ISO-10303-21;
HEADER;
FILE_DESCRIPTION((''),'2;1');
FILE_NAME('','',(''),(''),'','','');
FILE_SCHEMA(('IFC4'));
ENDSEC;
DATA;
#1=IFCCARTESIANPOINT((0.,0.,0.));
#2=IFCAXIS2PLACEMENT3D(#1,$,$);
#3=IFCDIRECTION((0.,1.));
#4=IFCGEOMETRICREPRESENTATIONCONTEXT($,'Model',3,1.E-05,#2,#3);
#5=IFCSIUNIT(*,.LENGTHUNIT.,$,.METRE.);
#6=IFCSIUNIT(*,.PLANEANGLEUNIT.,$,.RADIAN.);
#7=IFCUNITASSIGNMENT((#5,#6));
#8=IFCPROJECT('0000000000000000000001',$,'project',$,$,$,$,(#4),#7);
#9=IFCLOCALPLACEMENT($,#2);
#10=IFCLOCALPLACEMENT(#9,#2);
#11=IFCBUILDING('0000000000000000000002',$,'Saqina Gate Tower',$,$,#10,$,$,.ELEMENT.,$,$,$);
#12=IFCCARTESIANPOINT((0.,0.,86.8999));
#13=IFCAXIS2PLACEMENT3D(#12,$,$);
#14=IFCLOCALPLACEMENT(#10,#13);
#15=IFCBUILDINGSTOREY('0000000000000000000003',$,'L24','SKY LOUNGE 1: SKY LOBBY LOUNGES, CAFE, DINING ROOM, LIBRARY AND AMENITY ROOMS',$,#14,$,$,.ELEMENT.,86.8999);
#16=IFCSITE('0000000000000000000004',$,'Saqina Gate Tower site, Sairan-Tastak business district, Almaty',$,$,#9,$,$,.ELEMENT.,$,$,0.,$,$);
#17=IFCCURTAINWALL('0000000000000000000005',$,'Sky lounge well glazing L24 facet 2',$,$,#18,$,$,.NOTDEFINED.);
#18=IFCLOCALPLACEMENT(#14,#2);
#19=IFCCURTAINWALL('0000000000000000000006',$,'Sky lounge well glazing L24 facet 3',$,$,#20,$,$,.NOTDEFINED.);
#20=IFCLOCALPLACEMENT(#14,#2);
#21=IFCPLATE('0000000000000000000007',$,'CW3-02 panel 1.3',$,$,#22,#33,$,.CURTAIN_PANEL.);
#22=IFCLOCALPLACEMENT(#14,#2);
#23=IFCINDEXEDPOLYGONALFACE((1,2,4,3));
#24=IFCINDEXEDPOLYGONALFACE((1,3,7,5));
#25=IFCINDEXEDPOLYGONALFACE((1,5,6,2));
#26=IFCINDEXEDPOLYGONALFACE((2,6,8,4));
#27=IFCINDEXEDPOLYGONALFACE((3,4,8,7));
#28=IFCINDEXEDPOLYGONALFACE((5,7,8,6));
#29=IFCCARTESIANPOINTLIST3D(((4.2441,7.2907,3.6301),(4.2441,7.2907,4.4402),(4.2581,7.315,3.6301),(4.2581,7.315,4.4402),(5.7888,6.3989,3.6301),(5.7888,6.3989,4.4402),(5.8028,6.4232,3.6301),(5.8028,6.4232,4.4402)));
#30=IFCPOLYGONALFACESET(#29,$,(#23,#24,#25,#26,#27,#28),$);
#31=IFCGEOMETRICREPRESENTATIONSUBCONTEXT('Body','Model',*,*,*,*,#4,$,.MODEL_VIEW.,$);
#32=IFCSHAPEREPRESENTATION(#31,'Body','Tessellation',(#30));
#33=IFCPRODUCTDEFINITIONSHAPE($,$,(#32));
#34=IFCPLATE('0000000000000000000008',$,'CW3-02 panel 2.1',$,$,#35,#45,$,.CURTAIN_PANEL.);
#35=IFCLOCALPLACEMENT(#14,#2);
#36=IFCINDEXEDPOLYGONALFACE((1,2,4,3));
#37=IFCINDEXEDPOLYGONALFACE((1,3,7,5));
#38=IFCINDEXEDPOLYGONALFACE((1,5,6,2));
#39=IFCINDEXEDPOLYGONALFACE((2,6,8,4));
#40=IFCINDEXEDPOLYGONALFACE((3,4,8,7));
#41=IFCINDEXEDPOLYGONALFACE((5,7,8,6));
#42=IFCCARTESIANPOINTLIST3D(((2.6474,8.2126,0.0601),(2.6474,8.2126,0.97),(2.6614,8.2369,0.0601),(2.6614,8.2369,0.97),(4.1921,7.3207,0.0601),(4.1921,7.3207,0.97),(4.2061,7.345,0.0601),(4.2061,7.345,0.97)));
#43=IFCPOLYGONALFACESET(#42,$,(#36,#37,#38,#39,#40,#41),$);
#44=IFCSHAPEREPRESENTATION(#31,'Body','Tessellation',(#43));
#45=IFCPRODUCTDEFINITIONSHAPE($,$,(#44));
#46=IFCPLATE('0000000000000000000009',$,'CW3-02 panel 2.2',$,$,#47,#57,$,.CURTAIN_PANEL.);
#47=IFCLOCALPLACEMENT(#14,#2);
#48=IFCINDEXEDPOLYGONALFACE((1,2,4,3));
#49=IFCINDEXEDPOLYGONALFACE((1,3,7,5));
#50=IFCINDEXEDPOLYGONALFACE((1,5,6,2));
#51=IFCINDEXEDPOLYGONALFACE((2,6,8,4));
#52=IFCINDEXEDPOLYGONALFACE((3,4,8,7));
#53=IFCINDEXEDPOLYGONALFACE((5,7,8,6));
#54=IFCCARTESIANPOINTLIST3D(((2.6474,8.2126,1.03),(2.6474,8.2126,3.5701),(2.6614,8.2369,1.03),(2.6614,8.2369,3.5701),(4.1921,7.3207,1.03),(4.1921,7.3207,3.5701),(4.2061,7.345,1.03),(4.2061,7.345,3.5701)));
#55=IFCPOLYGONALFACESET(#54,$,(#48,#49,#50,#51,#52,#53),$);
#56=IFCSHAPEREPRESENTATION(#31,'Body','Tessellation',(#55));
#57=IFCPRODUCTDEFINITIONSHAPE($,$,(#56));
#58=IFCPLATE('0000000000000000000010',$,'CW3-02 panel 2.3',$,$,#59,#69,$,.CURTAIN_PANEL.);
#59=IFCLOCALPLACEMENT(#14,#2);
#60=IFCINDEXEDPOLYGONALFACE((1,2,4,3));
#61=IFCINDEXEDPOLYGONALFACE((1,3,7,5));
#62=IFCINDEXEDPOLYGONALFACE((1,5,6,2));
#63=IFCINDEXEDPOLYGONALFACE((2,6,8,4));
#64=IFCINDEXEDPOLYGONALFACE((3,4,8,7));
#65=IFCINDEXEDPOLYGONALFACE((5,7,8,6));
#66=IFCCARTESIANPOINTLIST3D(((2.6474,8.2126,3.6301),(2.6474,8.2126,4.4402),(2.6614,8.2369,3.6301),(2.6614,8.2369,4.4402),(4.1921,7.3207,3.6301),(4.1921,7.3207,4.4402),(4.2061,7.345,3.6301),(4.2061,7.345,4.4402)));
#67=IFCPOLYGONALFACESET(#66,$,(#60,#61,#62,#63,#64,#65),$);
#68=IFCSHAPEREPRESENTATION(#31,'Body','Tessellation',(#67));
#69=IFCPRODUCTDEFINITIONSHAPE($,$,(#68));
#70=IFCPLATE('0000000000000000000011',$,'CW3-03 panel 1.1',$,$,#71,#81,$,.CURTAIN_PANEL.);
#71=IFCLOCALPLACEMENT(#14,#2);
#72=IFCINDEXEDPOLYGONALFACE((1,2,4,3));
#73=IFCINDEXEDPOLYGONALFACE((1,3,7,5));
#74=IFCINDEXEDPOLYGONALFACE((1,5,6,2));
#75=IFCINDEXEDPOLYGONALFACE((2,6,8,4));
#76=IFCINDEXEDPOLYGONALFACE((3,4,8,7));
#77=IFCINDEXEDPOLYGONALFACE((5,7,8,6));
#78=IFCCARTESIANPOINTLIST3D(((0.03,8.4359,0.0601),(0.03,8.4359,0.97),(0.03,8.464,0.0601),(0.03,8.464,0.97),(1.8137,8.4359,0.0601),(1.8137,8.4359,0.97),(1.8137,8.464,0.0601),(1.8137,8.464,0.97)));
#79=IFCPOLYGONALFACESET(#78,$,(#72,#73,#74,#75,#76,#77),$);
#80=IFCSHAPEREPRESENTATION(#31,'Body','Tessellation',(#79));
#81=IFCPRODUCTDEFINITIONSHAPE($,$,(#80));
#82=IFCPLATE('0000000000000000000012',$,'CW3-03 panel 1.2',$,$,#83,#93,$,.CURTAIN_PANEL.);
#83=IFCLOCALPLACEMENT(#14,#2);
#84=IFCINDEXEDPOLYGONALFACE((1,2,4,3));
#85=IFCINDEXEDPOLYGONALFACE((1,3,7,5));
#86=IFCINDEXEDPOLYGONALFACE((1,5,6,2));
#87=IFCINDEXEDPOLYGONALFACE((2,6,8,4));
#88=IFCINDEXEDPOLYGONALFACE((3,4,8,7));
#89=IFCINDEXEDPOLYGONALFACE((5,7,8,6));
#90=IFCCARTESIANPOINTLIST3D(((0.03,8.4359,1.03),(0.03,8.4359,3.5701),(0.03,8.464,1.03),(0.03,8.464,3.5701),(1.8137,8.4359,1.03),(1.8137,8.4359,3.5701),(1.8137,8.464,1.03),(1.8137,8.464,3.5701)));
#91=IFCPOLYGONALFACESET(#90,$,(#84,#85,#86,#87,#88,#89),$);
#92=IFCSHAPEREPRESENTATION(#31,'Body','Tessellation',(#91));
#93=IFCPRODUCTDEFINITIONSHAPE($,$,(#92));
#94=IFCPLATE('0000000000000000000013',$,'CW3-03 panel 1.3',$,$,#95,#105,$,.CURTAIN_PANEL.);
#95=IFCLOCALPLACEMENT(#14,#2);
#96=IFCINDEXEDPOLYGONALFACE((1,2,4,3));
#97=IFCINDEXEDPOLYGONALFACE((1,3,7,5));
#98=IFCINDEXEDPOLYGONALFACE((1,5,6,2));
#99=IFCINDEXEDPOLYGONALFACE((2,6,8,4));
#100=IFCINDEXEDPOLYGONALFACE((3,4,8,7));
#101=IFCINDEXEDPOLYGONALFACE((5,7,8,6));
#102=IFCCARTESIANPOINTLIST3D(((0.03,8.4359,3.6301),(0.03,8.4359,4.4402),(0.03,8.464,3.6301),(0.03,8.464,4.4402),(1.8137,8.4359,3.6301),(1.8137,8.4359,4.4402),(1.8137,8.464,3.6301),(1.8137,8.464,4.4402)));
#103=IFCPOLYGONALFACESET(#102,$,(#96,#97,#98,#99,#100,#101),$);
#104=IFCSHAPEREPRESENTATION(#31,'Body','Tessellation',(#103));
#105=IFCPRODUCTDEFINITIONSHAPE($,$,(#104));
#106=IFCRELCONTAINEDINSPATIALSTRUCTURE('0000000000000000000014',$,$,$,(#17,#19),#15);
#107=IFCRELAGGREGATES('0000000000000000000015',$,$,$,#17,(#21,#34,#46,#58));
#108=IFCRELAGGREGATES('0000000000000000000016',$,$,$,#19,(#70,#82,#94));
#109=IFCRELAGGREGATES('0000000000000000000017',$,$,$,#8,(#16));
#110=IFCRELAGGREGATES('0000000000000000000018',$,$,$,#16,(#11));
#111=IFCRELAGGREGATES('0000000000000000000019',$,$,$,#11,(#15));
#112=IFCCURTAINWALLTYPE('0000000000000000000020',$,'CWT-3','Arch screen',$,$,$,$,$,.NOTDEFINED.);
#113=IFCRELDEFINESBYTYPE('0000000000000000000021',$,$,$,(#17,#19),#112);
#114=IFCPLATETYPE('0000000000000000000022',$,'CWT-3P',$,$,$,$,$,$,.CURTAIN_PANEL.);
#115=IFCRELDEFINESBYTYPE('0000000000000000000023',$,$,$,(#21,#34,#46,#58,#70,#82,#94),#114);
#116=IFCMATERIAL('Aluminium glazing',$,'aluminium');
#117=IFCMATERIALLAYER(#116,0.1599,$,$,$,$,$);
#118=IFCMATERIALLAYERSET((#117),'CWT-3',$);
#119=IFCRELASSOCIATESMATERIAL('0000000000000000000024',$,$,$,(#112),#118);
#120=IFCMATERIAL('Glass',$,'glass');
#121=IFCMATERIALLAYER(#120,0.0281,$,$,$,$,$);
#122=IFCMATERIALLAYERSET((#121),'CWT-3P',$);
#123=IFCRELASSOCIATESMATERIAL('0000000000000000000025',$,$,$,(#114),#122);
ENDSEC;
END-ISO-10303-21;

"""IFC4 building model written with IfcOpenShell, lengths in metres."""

from ifc_helpers import new_model, si_unit, direction, frame, origin, origin_2d, place, context, subcontext, project, spatial, rectangle, extrude, material, layer, layer_set, type_object, element, aggregate, save


model = new_model("IFC4")

# Units and contexts
model_context = context("Model", 3, precision=1e-05, world=origin(), true_north=direction((0.0, 1.0)))
body_context = subcontext(model_context, "Body", "Model", "MODEL_VIEW")
ifc_project = project(units=[si_unit("LENGTHUNIT", "METRE"), si_unit("PLANEANGLEUNIT", "RADIAN")], contexts=[model_context])

# Site, building, storey
site_placement = place(None, origin())
site = spatial("IfcSite", under=ifc_project, at=site_placement, Name="Saqina Gate Tower site, Sairan-Tastak business district, Almaty", CompositionType="ELEMENT", RefElevation=0.0)
building_placement = place(site_placement, origin())
building = spatial("IfcBuilding", under=site, at=building_placement, Name="Saqina Gate Tower", CompositionType="ELEMENT")
storey_placement = place(building_placement, frame((0.0, 0.0, 86.8999)))
storey = spatial("IfcBuildingStorey", under=building, at=storey_placement, Name="L24", Description="SKY LOUNGE 1: SKY LOBBY LOUNGES, CAFE, DINING ROOM, LIBRARY AND AMENITY ROOMS", CompositionType="ELEMENT", Elevation=86.8999)

# Curtain walls
ifc_material_1 = material(Name="Aluminium glazing", Category="aluminium")
ifc_layer_1 = layer(ifc_material_1, 0.1599)
ifc_layer_set_1 = layer_set([ifc_layer_1], Name="CWT-3")
curtain_wall_type = type_object("IfcCurtainWallType", Name="CWT-3", Description="Arch screen", PredefinedType="NOTDEFINED", material=ifc_layer_set_1)
curtain_wall_1_placement = place(storey_placement, origin())
curtain_wall_1 = element("IfcCurtainWall", 1, at=curtain_wall_1_placement, inside=storey, type_object=curtain_wall_type, Name="Sky lounge well glazing L24 facet 2", PredefinedType="NOTDEFINED")
curtain_wall_2_placement = place(storey_placement, origin())
curtain_wall_2 = element("IfcCurtainWall", 2, at=curtain_wall_2_placement, inside=storey, type_object=curtain_wall_type, Name="Sky lounge well glazing L24 facet 3", PredefinedType="NOTDEFINED")

# Plates
ifc_material_2 = material(Name="Glass", Category="glass")
ifc_layer_2 = layer(ifc_material_2, 0.0281)
ifc_layer_set_2 = layer_set([ifc_layer_2], Name="CWT-3P")
plate_type = type_object("IfcPlateType", Name="CWT-3P", PredefinedType="CURTAIN_PANEL", material=ifc_layer_set_2)
plate_1_placement = place(storey_placement, frame((5.0234, 6.8569, 3.6301), z_axis=(0.0, 0.0, 1.0), x_axis=(-0.866029, 0.499993, 0.0)))
plate_1 = element("IfcPlate", 3, at=plate_1_placement, type_object=plate_type, Name="CW3-02 panel 1.3", PredefinedType="CURTAIN_PANEL", context=body_context, shape_type="SweptSolid", body=[
    extrude(rectangle(XDim=1.7837, YDim=0.0281, at=origin_2d()), origin(), (0.0, 0.0, 1.0), 0.8101),
])
plate_2_placement = place(storey_placement, frame((3.4268, 7.7788, 0.0601), z_axis=(0.0, 0.0, 1.0), x_axis=(-0.866029, 0.499993, 0.0)))
plate_2 = element("IfcPlate", 4, at=plate_2_placement, type_object=plate_type, Name="CW3-02 panel 2.1", PredefinedType="CURTAIN_PANEL", context=body_context, shape_type="SweptSolid", body=[
    extrude(rectangle(XDim=1.7837, YDim=0.0281, at=origin_2d()), origin(), (0.0, 0.0, 1.0), 0.9099),
])
plate_3_placement = place(storey_placement, frame((3.4268, 7.7788, 1.03), z_axis=(0.0, 0.0, 1.0), x_axis=(-0.866029, 0.499993, 0.0)))
plate_3 = element("IfcPlate", 5, at=plate_3_placement, type_object=plate_type, Name="CW3-02 panel 2.2", PredefinedType="CURTAIN_PANEL", context=body_context, shape_type="SweptSolid", body=[
    extrude(rectangle(XDim=1.7837, YDim=0.0281, at=origin_2d()), origin(), (0.0, 0.0, 1.0), 2.54),
])
plate_4_placement = place(storey_placement, frame((3.4268, 7.7788, 3.6301), z_axis=(0.0, 0.0, 1.0), x_axis=(-0.866029, 0.499993, 0.0)))
plate_4 = element("IfcPlate", 6, at=plate_4_placement, type_object=plate_type, Name="CW3-02 panel 2.3", PredefinedType="CURTAIN_PANEL", context=body_context, shape_type="SweptSolid", body=[
    extrude(rectangle(XDim=1.7837, YDim=0.0281, at=origin_2d()), origin(), (0.0, 0.0, 1.0), 0.8101),
])
aggregate(curtain_wall_1, [plate_1, plate_2, plate_3, plate_4])
plate_5_placement = place(storey_placement, frame((0.9219, 8.45, 0.0601), z_axis=(0.0, 0.0, 1.0), x_axis=(-1.0, 0.0, 0.0)))
plate_5 = element("IfcPlate", 7, at=plate_5_placement, type_object=plate_type, Name="CW3-03 panel 1.1", PredefinedType="CURTAIN_PANEL", context=body_context, shape_type="SweptSolid", body=[
    extrude(rectangle(XDim=1.7837, YDim=0.0281, at=origin_2d()), origin(), (0.0, 0.0, 1.0), 0.9099),
])
plate_6_placement = place(storey_placement, frame((0.9219, 8.45, 1.03), z_axis=(0.0, 0.0, 1.0), x_axis=(-1.0, 0.0, 0.0)))
plate_6 = element("IfcPlate", 8, at=plate_6_placement, type_object=plate_type, Name="CW3-03 panel 1.2", PredefinedType="CURTAIN_PANEL", context=body_context, shape_type="SweptSolid", body=[
    extrude(rectangle(XDim=1.7837, YDim=0.0281, at=origin_2d()), origin(), (0.0, 0.0, 1.0), 2.54),
])
plate_7_placement = place(storey_placement, frame((0.9219, 8.45, 3.6301), z_axis=(0.0, 0.0, 1.0), x_axis=(-1.0, 0.0, 0.0)))
plate_7 = element("IfcPlate", 9, at=plate_7_placement, type_object=plate_type, Name="CW3-03 panel 1.3", PredefinedType="CURTAIN_PANEL", context=body_context, shape_type="SweptSolid", body=[
    extrude(rectangle(XDim=1.7837, YDim=0.0281, at=origin_2d()), origin(), (0.0, 0.0, 1.0), 0.8101),
])
aggregate(curtain_wall_2, [plate_5, plate_6, plate_7])

save(model, "model.ifc")
